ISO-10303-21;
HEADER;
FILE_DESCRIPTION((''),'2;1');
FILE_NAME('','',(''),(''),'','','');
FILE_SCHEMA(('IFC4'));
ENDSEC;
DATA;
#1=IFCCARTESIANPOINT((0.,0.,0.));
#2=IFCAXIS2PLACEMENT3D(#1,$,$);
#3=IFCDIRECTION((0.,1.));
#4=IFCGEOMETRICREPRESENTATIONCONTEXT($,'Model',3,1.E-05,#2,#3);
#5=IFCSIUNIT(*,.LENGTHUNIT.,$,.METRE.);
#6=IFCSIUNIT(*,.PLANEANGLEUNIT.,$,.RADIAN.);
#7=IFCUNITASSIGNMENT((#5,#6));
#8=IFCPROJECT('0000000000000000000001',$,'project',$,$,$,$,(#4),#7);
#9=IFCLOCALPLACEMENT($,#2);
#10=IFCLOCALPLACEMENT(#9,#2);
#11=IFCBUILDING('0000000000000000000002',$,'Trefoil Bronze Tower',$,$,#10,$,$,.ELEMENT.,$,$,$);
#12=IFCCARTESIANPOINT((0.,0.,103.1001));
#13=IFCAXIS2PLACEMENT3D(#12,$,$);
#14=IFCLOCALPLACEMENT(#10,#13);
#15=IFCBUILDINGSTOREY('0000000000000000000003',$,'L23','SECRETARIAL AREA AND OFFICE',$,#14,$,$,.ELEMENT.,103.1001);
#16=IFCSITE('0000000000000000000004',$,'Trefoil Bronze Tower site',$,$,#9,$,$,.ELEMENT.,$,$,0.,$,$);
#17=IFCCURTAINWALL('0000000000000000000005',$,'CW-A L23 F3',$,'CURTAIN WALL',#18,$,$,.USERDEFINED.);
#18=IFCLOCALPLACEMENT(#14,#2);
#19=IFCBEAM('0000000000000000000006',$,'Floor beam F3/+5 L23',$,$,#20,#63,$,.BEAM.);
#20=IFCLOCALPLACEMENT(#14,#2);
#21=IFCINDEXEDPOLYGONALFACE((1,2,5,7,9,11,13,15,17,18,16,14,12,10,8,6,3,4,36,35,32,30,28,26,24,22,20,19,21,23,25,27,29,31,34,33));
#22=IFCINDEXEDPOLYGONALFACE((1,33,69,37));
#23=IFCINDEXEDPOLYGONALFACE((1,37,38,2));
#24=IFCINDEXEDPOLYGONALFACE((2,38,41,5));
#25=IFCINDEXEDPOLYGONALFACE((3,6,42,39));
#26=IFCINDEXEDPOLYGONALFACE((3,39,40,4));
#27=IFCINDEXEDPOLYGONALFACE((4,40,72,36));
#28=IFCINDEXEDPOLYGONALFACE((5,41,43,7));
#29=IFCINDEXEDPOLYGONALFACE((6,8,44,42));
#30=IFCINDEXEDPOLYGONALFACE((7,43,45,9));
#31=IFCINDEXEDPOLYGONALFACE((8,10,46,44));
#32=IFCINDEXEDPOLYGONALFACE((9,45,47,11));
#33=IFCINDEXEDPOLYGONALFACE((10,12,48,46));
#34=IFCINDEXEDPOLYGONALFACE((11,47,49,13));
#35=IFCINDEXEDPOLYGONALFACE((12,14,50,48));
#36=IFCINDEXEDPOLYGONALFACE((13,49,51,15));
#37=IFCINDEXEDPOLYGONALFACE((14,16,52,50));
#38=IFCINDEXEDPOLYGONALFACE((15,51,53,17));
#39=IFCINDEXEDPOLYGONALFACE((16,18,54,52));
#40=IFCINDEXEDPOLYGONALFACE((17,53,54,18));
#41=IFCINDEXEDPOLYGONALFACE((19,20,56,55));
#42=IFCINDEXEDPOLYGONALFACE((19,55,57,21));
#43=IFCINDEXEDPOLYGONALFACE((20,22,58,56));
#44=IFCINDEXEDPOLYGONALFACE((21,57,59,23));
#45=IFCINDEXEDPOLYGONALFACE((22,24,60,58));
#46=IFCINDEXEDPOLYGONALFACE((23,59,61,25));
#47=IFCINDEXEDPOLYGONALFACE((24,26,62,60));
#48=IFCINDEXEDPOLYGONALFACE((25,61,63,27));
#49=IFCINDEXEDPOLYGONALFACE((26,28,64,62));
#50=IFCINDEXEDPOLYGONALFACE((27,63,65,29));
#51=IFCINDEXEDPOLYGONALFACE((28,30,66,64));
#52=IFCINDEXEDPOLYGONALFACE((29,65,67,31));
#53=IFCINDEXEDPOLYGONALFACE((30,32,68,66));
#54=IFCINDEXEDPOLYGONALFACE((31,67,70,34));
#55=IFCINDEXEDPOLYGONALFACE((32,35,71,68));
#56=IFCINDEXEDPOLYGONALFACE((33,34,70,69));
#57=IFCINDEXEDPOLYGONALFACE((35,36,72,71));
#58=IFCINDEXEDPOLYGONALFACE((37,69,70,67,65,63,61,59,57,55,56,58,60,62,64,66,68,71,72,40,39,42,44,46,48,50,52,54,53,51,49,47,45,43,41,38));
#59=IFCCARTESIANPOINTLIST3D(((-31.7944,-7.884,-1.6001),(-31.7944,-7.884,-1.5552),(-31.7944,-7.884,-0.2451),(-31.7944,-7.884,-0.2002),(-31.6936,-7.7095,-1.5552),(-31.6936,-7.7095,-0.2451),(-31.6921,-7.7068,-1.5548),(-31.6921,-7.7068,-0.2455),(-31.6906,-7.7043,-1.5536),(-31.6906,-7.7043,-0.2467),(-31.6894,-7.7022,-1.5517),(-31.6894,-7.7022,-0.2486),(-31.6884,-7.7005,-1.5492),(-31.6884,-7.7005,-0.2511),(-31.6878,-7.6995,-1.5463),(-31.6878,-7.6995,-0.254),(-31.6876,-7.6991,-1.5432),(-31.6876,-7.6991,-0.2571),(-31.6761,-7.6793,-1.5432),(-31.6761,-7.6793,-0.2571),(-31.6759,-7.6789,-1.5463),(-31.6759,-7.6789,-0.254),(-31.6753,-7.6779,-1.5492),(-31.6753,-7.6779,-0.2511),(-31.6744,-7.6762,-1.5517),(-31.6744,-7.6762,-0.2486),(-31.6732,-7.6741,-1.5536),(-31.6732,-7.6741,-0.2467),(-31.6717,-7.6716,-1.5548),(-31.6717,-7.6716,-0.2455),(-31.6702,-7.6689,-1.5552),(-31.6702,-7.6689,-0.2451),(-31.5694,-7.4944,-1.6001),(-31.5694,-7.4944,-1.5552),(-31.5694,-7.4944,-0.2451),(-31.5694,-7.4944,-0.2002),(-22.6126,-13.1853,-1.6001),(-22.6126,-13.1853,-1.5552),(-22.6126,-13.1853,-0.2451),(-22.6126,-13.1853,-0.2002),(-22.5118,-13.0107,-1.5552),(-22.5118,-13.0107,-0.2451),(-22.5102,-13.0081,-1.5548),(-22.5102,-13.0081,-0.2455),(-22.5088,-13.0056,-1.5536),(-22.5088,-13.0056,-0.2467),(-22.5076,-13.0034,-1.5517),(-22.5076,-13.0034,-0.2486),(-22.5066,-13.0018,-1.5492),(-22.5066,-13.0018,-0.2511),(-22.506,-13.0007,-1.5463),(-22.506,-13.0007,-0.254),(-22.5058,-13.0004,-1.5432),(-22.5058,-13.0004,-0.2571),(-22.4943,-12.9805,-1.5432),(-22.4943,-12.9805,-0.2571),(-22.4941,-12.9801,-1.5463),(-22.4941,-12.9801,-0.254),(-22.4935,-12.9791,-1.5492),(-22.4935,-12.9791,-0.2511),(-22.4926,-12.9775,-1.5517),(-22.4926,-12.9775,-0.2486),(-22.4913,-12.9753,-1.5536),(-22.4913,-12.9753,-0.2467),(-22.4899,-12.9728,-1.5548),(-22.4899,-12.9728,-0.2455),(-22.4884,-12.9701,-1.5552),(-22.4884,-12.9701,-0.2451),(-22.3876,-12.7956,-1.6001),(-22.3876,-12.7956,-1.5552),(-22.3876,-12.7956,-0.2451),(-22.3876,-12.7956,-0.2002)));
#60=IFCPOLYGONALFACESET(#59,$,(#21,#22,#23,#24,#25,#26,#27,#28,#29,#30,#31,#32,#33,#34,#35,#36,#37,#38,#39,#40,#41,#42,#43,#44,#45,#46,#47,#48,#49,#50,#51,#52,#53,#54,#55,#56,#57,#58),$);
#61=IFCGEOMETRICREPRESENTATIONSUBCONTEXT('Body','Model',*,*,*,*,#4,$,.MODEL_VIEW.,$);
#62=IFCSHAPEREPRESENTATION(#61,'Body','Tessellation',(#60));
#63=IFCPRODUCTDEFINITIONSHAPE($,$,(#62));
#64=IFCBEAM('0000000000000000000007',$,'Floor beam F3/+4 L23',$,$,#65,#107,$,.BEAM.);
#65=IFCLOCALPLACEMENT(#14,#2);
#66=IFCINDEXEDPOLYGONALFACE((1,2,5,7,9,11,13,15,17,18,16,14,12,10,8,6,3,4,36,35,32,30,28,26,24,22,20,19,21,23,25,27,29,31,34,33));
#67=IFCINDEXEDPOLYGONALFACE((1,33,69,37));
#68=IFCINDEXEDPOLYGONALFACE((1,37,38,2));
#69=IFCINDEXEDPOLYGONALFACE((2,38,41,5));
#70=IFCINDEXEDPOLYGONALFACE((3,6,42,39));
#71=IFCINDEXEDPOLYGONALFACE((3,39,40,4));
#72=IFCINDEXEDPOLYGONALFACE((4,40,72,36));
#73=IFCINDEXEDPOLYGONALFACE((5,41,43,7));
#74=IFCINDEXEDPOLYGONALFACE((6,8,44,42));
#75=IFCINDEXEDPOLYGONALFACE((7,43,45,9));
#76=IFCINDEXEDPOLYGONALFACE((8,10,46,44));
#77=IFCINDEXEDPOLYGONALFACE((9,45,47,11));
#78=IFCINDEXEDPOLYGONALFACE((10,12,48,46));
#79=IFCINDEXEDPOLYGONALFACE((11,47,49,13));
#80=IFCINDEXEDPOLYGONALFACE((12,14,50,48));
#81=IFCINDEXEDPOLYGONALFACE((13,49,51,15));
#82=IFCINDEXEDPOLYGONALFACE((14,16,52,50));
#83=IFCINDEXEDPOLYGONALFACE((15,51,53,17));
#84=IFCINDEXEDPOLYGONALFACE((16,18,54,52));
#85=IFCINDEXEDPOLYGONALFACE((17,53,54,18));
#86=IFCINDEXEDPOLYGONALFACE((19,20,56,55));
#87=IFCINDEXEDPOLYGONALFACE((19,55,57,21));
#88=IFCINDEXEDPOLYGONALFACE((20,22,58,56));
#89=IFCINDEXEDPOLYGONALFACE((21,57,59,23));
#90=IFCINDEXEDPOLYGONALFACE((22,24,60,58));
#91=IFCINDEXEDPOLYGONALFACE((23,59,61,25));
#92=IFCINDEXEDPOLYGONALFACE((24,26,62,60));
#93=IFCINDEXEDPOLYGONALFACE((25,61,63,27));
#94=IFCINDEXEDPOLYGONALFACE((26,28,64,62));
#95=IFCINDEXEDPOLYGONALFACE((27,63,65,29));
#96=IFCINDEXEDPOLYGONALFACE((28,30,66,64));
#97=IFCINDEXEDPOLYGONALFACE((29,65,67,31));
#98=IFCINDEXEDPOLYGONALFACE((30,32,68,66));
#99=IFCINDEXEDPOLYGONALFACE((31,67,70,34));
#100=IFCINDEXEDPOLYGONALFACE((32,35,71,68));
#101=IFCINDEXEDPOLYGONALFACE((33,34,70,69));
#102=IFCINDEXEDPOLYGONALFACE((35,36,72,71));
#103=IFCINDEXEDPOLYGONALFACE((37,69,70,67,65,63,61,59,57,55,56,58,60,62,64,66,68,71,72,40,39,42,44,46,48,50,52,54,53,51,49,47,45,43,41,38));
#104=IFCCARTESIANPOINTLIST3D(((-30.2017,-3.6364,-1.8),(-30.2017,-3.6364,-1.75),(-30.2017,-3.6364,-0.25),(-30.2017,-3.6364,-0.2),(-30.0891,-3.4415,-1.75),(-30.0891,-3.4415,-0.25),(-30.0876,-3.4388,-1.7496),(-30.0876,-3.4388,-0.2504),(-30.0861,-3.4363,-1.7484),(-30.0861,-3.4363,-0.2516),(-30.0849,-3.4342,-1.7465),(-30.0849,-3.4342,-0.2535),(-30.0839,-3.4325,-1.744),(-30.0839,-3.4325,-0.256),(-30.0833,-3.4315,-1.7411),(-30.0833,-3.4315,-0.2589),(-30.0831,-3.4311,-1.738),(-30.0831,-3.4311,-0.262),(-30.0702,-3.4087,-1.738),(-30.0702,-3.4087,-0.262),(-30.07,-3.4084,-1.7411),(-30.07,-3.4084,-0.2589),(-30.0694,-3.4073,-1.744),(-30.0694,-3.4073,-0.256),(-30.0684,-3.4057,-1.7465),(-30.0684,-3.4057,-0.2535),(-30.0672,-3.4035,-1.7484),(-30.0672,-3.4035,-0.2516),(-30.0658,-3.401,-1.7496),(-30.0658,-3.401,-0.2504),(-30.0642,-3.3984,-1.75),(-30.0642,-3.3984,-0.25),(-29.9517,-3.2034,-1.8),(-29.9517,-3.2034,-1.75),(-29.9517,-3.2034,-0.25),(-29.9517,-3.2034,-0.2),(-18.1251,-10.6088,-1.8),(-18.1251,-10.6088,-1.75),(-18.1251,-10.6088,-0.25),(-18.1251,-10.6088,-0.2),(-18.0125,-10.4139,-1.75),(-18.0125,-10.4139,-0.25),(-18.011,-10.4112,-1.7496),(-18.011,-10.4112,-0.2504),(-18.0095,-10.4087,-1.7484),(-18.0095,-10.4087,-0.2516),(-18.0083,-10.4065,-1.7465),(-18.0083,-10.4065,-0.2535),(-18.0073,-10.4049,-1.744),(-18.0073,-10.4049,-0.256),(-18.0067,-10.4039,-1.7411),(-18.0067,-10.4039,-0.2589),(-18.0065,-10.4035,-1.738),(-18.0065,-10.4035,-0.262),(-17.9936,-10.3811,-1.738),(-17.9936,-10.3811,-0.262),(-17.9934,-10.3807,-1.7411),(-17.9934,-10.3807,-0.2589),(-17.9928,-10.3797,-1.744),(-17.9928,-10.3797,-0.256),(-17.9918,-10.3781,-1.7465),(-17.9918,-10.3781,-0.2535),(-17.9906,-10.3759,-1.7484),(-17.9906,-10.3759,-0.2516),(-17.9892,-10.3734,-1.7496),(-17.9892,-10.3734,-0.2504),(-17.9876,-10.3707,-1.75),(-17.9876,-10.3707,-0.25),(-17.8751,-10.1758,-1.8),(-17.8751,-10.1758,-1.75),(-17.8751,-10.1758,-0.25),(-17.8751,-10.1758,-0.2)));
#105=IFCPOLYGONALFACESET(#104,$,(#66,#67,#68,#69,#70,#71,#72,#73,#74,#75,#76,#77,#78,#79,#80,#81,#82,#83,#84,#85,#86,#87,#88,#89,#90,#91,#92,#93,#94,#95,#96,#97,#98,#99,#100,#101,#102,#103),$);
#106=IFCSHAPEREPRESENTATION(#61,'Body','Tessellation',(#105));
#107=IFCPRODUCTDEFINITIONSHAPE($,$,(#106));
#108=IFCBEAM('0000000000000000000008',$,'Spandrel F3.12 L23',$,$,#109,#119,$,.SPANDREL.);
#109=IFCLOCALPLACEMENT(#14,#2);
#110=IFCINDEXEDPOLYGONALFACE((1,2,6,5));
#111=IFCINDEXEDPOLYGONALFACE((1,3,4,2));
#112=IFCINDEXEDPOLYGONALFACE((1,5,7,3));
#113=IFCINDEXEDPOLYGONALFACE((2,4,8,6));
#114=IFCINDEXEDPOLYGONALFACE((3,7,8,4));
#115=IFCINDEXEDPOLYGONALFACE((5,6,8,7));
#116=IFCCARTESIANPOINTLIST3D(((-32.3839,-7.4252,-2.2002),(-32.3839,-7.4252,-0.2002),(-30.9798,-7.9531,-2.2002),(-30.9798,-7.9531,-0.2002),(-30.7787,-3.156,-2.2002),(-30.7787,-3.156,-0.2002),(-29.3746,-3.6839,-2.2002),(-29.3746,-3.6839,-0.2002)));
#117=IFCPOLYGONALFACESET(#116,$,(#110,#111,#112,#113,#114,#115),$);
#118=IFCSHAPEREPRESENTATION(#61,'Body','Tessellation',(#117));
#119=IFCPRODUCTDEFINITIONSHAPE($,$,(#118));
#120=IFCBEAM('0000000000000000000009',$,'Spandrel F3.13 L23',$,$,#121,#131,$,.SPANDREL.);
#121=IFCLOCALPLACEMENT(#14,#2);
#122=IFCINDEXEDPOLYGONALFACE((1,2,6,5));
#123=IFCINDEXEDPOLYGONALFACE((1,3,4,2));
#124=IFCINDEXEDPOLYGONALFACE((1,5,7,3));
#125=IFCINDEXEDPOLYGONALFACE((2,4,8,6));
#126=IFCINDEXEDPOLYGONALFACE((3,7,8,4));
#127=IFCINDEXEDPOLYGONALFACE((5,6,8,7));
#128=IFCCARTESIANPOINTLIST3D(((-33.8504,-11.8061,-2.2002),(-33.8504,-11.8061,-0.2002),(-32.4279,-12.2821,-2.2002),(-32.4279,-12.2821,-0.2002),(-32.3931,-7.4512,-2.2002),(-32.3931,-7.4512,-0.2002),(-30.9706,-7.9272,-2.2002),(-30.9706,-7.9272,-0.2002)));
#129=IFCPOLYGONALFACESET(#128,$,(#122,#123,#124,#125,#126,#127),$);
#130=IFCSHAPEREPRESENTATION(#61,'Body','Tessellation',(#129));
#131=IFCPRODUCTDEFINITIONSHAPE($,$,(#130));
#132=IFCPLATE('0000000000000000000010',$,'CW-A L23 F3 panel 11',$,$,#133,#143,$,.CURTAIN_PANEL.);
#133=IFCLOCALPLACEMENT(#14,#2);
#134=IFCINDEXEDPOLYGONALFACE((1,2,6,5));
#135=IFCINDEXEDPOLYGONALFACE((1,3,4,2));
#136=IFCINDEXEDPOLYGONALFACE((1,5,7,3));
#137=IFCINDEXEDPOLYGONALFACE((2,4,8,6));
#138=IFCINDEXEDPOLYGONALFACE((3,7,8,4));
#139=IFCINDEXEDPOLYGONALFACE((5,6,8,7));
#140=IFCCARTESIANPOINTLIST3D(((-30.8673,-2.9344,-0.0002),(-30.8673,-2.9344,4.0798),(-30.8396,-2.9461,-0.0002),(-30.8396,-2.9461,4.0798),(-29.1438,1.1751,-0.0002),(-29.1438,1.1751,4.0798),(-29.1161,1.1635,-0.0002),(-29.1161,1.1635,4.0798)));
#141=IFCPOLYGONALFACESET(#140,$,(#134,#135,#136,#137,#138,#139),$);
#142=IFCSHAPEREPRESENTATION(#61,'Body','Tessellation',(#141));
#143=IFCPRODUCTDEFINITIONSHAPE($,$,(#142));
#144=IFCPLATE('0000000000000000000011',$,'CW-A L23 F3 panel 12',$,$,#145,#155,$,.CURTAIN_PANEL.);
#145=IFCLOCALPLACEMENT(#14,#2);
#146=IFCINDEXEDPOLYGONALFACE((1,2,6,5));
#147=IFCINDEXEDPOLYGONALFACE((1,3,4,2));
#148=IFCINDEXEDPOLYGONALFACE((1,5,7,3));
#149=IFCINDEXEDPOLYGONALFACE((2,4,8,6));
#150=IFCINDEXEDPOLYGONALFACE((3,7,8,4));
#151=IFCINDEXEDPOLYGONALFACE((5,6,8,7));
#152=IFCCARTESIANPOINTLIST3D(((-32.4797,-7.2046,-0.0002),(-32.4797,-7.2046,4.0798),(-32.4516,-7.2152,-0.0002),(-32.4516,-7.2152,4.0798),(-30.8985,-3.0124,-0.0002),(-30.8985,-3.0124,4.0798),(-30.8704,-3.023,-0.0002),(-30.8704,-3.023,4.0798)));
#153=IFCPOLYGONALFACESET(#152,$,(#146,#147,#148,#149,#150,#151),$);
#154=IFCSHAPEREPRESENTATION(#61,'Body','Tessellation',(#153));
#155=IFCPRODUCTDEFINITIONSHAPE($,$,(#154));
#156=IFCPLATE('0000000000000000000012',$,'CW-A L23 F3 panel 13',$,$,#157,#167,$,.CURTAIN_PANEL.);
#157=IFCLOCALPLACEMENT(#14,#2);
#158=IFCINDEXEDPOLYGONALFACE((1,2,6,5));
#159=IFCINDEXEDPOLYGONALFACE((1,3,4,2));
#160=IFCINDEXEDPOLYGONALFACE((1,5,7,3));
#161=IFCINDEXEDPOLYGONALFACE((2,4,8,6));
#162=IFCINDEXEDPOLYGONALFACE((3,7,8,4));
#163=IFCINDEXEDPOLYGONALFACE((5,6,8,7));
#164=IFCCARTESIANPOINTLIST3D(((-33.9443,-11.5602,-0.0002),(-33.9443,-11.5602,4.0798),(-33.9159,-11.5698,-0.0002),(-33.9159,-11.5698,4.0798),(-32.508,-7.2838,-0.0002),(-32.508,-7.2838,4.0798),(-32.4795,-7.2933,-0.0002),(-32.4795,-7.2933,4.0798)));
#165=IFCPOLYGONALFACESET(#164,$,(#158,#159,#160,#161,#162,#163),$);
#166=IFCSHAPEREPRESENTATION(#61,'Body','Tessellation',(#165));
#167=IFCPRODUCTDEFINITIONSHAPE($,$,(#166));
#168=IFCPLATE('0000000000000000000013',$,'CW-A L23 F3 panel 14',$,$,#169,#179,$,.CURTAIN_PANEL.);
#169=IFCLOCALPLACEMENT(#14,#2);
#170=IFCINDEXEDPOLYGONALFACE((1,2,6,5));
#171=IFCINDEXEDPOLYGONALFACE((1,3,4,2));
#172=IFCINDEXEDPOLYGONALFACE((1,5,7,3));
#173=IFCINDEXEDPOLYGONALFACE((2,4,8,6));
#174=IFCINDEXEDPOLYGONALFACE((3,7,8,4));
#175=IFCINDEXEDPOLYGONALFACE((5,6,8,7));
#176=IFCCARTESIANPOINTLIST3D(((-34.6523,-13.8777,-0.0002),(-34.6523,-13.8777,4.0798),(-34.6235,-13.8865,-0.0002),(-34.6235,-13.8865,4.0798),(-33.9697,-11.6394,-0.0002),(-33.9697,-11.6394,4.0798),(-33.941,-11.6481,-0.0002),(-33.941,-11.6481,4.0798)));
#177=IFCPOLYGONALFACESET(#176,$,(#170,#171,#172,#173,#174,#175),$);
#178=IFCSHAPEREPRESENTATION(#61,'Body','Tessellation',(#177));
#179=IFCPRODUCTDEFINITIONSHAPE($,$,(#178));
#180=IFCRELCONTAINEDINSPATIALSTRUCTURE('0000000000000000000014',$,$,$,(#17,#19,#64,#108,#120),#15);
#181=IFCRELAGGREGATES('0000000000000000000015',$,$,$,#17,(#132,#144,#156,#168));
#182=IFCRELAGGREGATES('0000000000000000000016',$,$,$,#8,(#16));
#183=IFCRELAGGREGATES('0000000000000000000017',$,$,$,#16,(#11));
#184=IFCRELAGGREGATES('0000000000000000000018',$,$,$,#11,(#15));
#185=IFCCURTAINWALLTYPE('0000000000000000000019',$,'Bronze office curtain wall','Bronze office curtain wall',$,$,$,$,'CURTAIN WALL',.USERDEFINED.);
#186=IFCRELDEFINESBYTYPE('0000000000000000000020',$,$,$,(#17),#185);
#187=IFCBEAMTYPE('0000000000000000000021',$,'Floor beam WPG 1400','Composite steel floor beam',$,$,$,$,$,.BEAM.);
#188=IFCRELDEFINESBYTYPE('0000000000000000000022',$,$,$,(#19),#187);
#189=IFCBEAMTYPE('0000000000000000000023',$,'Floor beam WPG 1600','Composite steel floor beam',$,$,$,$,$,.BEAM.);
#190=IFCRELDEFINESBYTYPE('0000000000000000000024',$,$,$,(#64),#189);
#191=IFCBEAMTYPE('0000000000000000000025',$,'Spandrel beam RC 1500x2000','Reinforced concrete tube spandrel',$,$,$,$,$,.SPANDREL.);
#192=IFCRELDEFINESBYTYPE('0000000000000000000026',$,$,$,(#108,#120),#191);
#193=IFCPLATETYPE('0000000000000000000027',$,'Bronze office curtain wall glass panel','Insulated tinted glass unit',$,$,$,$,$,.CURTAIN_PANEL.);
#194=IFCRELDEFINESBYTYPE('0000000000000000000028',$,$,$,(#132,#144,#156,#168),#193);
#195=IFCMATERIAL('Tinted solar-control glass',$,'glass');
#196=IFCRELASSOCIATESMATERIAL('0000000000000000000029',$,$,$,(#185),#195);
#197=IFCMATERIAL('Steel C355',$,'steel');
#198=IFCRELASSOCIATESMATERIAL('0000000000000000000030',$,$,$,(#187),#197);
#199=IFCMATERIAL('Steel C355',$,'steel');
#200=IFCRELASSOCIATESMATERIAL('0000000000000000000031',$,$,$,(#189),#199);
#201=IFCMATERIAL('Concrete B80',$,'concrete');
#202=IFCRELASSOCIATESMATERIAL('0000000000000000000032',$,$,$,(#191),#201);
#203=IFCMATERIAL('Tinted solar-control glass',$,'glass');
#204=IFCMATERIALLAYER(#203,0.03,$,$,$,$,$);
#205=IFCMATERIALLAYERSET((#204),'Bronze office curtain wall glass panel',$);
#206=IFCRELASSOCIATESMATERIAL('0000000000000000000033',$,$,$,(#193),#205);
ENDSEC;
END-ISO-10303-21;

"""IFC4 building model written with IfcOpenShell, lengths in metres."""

from ifc_helpers import new_model, si_unit, direction, frame, origin, origin_2d, place, context, subcontext, project, spatial, rectangle, i_section, extrude, material, layer, layer_set, material_profile, profile_set, type_object, element, aggregate, save


model = new_model("IFC4")

# Units and contexts
model_context = context("Model", 3, precision=1e-05, world=origin(), true_north=direction((0.0, 1.0)))
body_context = subcontext(model_context, "Body", "Model", "MODEL_VIEW")
ifc_project = project(units=[si_unit("LENGTHUNIT", "METRE"), si_unit("PLANEANGLEUNIT", "RADIAN")], contexts=[model_context])

# Site, building, storey
site_placement = place(None, origin())
site = spatial("IfcSite", under=ifc_project, at=site_placement, Name="Trefoil Bronze Tower site", CompositionType="ELEMENT", RefElevation=0.0)
building_placement = place(site_placement, origin())
building = spatial("IfcBuilding", under=site, at=building_placement, Name="Trefoil Bronze Tower", CompositionType="ELEMENT")
storey_placement = place(building_placement, frame((0.0, 0.0, 103.1001)))
storey = spatial("IfcBuildingStorey", under=building, at=storey_placement, Name="L23", Description="SECRETARIAL AREA AND OFFICE", CompositionType="ELEMENT", Elevation=103.1001)

# Curtain wall
ifc_material_1 = material(Name="Tinted solar-control glass", Category="glass")
curtain_wall_type_1 = type_object("IfcCurtainWallType", Name="Bronze office curtain wall", Description="Bronze office curtain wall", ElementType="CURTAIN WALL", PredefinedType="USERDEFINED", material=ifc_material_1)
curtain_wall_1_placement = place(storey_placement, origin())
curtain_wall_1 = element("IfcCurtainWall", 1, at=curtain_wall_1_placement, inside=storey, type_object=curtain_wall_type_1, Name="CW-A L23 F3", ObjectType="CURTAIN WALL", PredefinedType="USERDEFINED")

# Beams
ifc_material_2 = material(Name="Steel C355", Category="steel")
ifc_material_profile_1 = material_profile(ifc_material_2, i_section(OverallWidth=0.45, OverallDepth=1.3999, WebThickness=0.0229, FlangeThickness=0.0449, FilletRadius=0.012, at=origin_2d()), Name="WPG 1400")
ifc_profile_set_1 = profile_set([ifc_material_profile_1], Name="Steel C355")
beam_type_1 = type_object("IfcBeamType", Name="Floor beam WPG 1400", Description="Composite steel floor beam", PredefinedType="BEAM", material=ifc_profile_set_1)
beam_1_placement = place(storey_placement, frame((-31.6819, -7.6892, -0.9001), z_axis=(0.866021, -0.500007, 0.0), x_axis=(0.500007, 0.866021, 0.0)))
element("IfcBeam", 2, at=beam_1_placement, inside=storey, type_object=beam_type_1, Name="Floor beam F3/+5 L23", PredefinedType="BEAM", context=body_context, shape_type="SweptSolid", body=[
    extrude(i_section(OverallWidth=0.45, OverallDepth=1.3999, WebThickness=0.0229, FlangeThickness=0.0449, FilletRadius=0.012, at=origin_2d()), origin(), (0.0, 0.0, 1.0), 10.6023),
])
ifc_material_3 = material(Name="Steel C355", Category="steel")
ifc_material_profile_2 = material_profile(ifc_material_3, i_section(OverallWidth=0.5, OverallDepth=1.6001, WebThickness=0.0259, FlangeThickness=0.05, FilletRadius=0.012, at=origin_2d()), Name="WPG 1600")
ifc_profile_set_2 = profile_set([ifc_material_profile_2], Name="Steel C355")
beam_type_2 = type_object("IfcBeamType", Name="Floor beam WPG 1600", Description="Composite steel floor beam", PredefinedType="BEAM", material=ifc_profile_set_2)
beam_2_placement = place(storey_placement, frame((-30.0767, -3.4199, -1.0), z_axis=(0.866027, -0.499997, 0.0), x_axis=(0.499997, 0.866027, 0.0)))
element("IfcBeam", 3, at=beam_2_placement, inside=storey, type_object=beam_type_2, Name="Floor beam F3/+4 L23", PredefinedType="BEAM", context=body_context, shape_type="SweptSolid", body=[
    extrude(i_section(OverallWidth=0.5, OverallDepth=1.6001, WebThickness=0.0259, FlangeThickness=0.05, FilletRadius=0.012, at=origin_2d()), origin(), (0.0, 0.0, 1.0), 13.9448),
])
ifc_material_4 = material(Name="Concrete B80", Category="concrete")
ifc_material_profile_3 = material_profile(ifc_material_4, rectangle(XDim=1.5, YDim=2.0, at=origin_2d()), Name="RC 1500x2000")
ifc_profile_set_3 = profile_set([ifc_material_profile_3], Name="Concrete B80")
beam_type_3 = type_object("IfcBeamType", Name="Spandrel beam RC 1500x2000", Description="Reinforced concrete tube spandrel", PredefinedType="SPANDREL", material=ifc_profile_set_3)
beam_3_placement = place(storey_placement, frame((-30.0767, -3.4199, -1.2002), z_axis=(-0.351939, -0.936023, 0.0), x_axis=(0.936023, -0.351939, 0.0)))
element("IfcBeam", 4, at=beam_3_placement, inside=storey, type_object=beam_type_3, Name="Spandrel F3.12 L23", PredefinedType="SPANDREL", context=body_context, shape_type="SweptSolid", body=[
    extrude(rectangle(XDim=1.5, YDim=2.0, at=origin_2d()), origin(), (0.0, 0.0, 1.0), 4.561),
])
beam_4_placement = place(storey_placement, frame((-31.6819, -7.6892, -1.2002), z_axis=(-0.317328, -0.948316, 0.0), x_axis=(0.948316, -0.317328, 0.0)))
element("IfcBeam", 5, at=beam_4_placement, inside=storey, type_object=beam_type_3, Name="Spandrel F3.13 L23", PredefinedType="SPANDREL", context=body_context, shape_type="SweptSolid", body=[
    extrude(rectangle(XDim=1.5, YDim=2.0, at=origin_2d()), origin(), (0.0, 0.0, 1.0), 4.5923),
])

# Plates
ifc_material_5 = material(Name="Tinted solar-control glass", Category="glass")
ifc_layer_1 = layer(ifc_material_5, 0.03)
ifc_layer_set_1 = layer_set([ifc_layer_1], Name="Bronze office curtain wall glass panel")
plate_type_1 = type_object("IfcPlateType", Name="Bronze office curtain wall glass panel", Description="Insulated tinted glass unit", PredefinedType="CURTAIN_PANEL", material=ifc_layer_set_1)
plate_1_placement = place(storey_placement, frame((-29.9917, -0.8855, -0.0002), z_axis=(0.0, 0.0, 1.0), x_axis=(-0.386759, -0.922181, 0.0)))
plate_1 = element("IfcPlate", 6, at=plate_1_placement, type_object=plate_type_1, Name="CW-A L23 F3 panel 11", PredefinedType="CURTAIN_PANEL", context=body_context, shape_type="SweptSolid", body=[
    extrude(rectangle(XDim=4.4563, YDim=0.03, at=origin_2d()), origin(), (0.0, 0.0, 1.0), 4.0801),
])
plate_2_placement = place(storey_placement, frame((-31.675, -5.1138, -0.0002), z_axis=(0.0, 0.0, 1.0), x_axis=(-0.35292, -0.935654, 0.0)))
plate_2 = element("IfcPlate", 7, at=plate_2_placement, type_object=plate_type_1, Name="CW-A L23 F3 panel 12", PredefinedType="CURTAIN_PANEL", context=body_context, shape_type="SweptSolid", body=[
    extrude(rectangle(XDim=4.4805, YDim=0.03, at=origin_2d()), origin(), (0.0, 0.0, 1.0), 4.0801),
])
plate_3_placement = place(storey_placement, frame((-33.2119, -9.4268, -0.0002), z_axis=(0.0, 0.0, 1.0), x_axis=(-0.318404, -0.947955, 0.0)))
plate_3 = element("IfcPlate", 8, at=plate_3_placement, type_object=plate_type_1, Name="CW-A L23 F3 panel 13", PredefinedType="CURTAIN_PANEL", context=body_context, shape_type="SweptSolid", body=[
    extrude(rectangle(XDim=4.5112, YDim=0.03, at=origin_2d()), origin(), (0.0, 0.0, 1.0), 4.0801),
])
plate_4_placement = place(storey_placement, frame((-34.2966, -12.7629, -0.0002), z_axis=(0.0, 0.0, 1.0), x_axis=(-0.291669, -0.956519, 0.0)))
plate_4 = element("IfcPlate", 9, at=plate_4_placement, type_object=plate_type_1, Name="CW-A L23 F3 panel 14", PredefinedType="CURTAIN_PANEL", context=body_context, shape_type="SweptSolid", body=[
    extrude(rectangle(XDim=2.3401, YDim=0.03, at=origin_2d()), origin(), (0.0, 0.0, 1.0), 4.0801),
])
aggregate(curtain_wall_1, [plate_1, plate_2, plate_3, plate_4])

save(model, "model.ifc")
